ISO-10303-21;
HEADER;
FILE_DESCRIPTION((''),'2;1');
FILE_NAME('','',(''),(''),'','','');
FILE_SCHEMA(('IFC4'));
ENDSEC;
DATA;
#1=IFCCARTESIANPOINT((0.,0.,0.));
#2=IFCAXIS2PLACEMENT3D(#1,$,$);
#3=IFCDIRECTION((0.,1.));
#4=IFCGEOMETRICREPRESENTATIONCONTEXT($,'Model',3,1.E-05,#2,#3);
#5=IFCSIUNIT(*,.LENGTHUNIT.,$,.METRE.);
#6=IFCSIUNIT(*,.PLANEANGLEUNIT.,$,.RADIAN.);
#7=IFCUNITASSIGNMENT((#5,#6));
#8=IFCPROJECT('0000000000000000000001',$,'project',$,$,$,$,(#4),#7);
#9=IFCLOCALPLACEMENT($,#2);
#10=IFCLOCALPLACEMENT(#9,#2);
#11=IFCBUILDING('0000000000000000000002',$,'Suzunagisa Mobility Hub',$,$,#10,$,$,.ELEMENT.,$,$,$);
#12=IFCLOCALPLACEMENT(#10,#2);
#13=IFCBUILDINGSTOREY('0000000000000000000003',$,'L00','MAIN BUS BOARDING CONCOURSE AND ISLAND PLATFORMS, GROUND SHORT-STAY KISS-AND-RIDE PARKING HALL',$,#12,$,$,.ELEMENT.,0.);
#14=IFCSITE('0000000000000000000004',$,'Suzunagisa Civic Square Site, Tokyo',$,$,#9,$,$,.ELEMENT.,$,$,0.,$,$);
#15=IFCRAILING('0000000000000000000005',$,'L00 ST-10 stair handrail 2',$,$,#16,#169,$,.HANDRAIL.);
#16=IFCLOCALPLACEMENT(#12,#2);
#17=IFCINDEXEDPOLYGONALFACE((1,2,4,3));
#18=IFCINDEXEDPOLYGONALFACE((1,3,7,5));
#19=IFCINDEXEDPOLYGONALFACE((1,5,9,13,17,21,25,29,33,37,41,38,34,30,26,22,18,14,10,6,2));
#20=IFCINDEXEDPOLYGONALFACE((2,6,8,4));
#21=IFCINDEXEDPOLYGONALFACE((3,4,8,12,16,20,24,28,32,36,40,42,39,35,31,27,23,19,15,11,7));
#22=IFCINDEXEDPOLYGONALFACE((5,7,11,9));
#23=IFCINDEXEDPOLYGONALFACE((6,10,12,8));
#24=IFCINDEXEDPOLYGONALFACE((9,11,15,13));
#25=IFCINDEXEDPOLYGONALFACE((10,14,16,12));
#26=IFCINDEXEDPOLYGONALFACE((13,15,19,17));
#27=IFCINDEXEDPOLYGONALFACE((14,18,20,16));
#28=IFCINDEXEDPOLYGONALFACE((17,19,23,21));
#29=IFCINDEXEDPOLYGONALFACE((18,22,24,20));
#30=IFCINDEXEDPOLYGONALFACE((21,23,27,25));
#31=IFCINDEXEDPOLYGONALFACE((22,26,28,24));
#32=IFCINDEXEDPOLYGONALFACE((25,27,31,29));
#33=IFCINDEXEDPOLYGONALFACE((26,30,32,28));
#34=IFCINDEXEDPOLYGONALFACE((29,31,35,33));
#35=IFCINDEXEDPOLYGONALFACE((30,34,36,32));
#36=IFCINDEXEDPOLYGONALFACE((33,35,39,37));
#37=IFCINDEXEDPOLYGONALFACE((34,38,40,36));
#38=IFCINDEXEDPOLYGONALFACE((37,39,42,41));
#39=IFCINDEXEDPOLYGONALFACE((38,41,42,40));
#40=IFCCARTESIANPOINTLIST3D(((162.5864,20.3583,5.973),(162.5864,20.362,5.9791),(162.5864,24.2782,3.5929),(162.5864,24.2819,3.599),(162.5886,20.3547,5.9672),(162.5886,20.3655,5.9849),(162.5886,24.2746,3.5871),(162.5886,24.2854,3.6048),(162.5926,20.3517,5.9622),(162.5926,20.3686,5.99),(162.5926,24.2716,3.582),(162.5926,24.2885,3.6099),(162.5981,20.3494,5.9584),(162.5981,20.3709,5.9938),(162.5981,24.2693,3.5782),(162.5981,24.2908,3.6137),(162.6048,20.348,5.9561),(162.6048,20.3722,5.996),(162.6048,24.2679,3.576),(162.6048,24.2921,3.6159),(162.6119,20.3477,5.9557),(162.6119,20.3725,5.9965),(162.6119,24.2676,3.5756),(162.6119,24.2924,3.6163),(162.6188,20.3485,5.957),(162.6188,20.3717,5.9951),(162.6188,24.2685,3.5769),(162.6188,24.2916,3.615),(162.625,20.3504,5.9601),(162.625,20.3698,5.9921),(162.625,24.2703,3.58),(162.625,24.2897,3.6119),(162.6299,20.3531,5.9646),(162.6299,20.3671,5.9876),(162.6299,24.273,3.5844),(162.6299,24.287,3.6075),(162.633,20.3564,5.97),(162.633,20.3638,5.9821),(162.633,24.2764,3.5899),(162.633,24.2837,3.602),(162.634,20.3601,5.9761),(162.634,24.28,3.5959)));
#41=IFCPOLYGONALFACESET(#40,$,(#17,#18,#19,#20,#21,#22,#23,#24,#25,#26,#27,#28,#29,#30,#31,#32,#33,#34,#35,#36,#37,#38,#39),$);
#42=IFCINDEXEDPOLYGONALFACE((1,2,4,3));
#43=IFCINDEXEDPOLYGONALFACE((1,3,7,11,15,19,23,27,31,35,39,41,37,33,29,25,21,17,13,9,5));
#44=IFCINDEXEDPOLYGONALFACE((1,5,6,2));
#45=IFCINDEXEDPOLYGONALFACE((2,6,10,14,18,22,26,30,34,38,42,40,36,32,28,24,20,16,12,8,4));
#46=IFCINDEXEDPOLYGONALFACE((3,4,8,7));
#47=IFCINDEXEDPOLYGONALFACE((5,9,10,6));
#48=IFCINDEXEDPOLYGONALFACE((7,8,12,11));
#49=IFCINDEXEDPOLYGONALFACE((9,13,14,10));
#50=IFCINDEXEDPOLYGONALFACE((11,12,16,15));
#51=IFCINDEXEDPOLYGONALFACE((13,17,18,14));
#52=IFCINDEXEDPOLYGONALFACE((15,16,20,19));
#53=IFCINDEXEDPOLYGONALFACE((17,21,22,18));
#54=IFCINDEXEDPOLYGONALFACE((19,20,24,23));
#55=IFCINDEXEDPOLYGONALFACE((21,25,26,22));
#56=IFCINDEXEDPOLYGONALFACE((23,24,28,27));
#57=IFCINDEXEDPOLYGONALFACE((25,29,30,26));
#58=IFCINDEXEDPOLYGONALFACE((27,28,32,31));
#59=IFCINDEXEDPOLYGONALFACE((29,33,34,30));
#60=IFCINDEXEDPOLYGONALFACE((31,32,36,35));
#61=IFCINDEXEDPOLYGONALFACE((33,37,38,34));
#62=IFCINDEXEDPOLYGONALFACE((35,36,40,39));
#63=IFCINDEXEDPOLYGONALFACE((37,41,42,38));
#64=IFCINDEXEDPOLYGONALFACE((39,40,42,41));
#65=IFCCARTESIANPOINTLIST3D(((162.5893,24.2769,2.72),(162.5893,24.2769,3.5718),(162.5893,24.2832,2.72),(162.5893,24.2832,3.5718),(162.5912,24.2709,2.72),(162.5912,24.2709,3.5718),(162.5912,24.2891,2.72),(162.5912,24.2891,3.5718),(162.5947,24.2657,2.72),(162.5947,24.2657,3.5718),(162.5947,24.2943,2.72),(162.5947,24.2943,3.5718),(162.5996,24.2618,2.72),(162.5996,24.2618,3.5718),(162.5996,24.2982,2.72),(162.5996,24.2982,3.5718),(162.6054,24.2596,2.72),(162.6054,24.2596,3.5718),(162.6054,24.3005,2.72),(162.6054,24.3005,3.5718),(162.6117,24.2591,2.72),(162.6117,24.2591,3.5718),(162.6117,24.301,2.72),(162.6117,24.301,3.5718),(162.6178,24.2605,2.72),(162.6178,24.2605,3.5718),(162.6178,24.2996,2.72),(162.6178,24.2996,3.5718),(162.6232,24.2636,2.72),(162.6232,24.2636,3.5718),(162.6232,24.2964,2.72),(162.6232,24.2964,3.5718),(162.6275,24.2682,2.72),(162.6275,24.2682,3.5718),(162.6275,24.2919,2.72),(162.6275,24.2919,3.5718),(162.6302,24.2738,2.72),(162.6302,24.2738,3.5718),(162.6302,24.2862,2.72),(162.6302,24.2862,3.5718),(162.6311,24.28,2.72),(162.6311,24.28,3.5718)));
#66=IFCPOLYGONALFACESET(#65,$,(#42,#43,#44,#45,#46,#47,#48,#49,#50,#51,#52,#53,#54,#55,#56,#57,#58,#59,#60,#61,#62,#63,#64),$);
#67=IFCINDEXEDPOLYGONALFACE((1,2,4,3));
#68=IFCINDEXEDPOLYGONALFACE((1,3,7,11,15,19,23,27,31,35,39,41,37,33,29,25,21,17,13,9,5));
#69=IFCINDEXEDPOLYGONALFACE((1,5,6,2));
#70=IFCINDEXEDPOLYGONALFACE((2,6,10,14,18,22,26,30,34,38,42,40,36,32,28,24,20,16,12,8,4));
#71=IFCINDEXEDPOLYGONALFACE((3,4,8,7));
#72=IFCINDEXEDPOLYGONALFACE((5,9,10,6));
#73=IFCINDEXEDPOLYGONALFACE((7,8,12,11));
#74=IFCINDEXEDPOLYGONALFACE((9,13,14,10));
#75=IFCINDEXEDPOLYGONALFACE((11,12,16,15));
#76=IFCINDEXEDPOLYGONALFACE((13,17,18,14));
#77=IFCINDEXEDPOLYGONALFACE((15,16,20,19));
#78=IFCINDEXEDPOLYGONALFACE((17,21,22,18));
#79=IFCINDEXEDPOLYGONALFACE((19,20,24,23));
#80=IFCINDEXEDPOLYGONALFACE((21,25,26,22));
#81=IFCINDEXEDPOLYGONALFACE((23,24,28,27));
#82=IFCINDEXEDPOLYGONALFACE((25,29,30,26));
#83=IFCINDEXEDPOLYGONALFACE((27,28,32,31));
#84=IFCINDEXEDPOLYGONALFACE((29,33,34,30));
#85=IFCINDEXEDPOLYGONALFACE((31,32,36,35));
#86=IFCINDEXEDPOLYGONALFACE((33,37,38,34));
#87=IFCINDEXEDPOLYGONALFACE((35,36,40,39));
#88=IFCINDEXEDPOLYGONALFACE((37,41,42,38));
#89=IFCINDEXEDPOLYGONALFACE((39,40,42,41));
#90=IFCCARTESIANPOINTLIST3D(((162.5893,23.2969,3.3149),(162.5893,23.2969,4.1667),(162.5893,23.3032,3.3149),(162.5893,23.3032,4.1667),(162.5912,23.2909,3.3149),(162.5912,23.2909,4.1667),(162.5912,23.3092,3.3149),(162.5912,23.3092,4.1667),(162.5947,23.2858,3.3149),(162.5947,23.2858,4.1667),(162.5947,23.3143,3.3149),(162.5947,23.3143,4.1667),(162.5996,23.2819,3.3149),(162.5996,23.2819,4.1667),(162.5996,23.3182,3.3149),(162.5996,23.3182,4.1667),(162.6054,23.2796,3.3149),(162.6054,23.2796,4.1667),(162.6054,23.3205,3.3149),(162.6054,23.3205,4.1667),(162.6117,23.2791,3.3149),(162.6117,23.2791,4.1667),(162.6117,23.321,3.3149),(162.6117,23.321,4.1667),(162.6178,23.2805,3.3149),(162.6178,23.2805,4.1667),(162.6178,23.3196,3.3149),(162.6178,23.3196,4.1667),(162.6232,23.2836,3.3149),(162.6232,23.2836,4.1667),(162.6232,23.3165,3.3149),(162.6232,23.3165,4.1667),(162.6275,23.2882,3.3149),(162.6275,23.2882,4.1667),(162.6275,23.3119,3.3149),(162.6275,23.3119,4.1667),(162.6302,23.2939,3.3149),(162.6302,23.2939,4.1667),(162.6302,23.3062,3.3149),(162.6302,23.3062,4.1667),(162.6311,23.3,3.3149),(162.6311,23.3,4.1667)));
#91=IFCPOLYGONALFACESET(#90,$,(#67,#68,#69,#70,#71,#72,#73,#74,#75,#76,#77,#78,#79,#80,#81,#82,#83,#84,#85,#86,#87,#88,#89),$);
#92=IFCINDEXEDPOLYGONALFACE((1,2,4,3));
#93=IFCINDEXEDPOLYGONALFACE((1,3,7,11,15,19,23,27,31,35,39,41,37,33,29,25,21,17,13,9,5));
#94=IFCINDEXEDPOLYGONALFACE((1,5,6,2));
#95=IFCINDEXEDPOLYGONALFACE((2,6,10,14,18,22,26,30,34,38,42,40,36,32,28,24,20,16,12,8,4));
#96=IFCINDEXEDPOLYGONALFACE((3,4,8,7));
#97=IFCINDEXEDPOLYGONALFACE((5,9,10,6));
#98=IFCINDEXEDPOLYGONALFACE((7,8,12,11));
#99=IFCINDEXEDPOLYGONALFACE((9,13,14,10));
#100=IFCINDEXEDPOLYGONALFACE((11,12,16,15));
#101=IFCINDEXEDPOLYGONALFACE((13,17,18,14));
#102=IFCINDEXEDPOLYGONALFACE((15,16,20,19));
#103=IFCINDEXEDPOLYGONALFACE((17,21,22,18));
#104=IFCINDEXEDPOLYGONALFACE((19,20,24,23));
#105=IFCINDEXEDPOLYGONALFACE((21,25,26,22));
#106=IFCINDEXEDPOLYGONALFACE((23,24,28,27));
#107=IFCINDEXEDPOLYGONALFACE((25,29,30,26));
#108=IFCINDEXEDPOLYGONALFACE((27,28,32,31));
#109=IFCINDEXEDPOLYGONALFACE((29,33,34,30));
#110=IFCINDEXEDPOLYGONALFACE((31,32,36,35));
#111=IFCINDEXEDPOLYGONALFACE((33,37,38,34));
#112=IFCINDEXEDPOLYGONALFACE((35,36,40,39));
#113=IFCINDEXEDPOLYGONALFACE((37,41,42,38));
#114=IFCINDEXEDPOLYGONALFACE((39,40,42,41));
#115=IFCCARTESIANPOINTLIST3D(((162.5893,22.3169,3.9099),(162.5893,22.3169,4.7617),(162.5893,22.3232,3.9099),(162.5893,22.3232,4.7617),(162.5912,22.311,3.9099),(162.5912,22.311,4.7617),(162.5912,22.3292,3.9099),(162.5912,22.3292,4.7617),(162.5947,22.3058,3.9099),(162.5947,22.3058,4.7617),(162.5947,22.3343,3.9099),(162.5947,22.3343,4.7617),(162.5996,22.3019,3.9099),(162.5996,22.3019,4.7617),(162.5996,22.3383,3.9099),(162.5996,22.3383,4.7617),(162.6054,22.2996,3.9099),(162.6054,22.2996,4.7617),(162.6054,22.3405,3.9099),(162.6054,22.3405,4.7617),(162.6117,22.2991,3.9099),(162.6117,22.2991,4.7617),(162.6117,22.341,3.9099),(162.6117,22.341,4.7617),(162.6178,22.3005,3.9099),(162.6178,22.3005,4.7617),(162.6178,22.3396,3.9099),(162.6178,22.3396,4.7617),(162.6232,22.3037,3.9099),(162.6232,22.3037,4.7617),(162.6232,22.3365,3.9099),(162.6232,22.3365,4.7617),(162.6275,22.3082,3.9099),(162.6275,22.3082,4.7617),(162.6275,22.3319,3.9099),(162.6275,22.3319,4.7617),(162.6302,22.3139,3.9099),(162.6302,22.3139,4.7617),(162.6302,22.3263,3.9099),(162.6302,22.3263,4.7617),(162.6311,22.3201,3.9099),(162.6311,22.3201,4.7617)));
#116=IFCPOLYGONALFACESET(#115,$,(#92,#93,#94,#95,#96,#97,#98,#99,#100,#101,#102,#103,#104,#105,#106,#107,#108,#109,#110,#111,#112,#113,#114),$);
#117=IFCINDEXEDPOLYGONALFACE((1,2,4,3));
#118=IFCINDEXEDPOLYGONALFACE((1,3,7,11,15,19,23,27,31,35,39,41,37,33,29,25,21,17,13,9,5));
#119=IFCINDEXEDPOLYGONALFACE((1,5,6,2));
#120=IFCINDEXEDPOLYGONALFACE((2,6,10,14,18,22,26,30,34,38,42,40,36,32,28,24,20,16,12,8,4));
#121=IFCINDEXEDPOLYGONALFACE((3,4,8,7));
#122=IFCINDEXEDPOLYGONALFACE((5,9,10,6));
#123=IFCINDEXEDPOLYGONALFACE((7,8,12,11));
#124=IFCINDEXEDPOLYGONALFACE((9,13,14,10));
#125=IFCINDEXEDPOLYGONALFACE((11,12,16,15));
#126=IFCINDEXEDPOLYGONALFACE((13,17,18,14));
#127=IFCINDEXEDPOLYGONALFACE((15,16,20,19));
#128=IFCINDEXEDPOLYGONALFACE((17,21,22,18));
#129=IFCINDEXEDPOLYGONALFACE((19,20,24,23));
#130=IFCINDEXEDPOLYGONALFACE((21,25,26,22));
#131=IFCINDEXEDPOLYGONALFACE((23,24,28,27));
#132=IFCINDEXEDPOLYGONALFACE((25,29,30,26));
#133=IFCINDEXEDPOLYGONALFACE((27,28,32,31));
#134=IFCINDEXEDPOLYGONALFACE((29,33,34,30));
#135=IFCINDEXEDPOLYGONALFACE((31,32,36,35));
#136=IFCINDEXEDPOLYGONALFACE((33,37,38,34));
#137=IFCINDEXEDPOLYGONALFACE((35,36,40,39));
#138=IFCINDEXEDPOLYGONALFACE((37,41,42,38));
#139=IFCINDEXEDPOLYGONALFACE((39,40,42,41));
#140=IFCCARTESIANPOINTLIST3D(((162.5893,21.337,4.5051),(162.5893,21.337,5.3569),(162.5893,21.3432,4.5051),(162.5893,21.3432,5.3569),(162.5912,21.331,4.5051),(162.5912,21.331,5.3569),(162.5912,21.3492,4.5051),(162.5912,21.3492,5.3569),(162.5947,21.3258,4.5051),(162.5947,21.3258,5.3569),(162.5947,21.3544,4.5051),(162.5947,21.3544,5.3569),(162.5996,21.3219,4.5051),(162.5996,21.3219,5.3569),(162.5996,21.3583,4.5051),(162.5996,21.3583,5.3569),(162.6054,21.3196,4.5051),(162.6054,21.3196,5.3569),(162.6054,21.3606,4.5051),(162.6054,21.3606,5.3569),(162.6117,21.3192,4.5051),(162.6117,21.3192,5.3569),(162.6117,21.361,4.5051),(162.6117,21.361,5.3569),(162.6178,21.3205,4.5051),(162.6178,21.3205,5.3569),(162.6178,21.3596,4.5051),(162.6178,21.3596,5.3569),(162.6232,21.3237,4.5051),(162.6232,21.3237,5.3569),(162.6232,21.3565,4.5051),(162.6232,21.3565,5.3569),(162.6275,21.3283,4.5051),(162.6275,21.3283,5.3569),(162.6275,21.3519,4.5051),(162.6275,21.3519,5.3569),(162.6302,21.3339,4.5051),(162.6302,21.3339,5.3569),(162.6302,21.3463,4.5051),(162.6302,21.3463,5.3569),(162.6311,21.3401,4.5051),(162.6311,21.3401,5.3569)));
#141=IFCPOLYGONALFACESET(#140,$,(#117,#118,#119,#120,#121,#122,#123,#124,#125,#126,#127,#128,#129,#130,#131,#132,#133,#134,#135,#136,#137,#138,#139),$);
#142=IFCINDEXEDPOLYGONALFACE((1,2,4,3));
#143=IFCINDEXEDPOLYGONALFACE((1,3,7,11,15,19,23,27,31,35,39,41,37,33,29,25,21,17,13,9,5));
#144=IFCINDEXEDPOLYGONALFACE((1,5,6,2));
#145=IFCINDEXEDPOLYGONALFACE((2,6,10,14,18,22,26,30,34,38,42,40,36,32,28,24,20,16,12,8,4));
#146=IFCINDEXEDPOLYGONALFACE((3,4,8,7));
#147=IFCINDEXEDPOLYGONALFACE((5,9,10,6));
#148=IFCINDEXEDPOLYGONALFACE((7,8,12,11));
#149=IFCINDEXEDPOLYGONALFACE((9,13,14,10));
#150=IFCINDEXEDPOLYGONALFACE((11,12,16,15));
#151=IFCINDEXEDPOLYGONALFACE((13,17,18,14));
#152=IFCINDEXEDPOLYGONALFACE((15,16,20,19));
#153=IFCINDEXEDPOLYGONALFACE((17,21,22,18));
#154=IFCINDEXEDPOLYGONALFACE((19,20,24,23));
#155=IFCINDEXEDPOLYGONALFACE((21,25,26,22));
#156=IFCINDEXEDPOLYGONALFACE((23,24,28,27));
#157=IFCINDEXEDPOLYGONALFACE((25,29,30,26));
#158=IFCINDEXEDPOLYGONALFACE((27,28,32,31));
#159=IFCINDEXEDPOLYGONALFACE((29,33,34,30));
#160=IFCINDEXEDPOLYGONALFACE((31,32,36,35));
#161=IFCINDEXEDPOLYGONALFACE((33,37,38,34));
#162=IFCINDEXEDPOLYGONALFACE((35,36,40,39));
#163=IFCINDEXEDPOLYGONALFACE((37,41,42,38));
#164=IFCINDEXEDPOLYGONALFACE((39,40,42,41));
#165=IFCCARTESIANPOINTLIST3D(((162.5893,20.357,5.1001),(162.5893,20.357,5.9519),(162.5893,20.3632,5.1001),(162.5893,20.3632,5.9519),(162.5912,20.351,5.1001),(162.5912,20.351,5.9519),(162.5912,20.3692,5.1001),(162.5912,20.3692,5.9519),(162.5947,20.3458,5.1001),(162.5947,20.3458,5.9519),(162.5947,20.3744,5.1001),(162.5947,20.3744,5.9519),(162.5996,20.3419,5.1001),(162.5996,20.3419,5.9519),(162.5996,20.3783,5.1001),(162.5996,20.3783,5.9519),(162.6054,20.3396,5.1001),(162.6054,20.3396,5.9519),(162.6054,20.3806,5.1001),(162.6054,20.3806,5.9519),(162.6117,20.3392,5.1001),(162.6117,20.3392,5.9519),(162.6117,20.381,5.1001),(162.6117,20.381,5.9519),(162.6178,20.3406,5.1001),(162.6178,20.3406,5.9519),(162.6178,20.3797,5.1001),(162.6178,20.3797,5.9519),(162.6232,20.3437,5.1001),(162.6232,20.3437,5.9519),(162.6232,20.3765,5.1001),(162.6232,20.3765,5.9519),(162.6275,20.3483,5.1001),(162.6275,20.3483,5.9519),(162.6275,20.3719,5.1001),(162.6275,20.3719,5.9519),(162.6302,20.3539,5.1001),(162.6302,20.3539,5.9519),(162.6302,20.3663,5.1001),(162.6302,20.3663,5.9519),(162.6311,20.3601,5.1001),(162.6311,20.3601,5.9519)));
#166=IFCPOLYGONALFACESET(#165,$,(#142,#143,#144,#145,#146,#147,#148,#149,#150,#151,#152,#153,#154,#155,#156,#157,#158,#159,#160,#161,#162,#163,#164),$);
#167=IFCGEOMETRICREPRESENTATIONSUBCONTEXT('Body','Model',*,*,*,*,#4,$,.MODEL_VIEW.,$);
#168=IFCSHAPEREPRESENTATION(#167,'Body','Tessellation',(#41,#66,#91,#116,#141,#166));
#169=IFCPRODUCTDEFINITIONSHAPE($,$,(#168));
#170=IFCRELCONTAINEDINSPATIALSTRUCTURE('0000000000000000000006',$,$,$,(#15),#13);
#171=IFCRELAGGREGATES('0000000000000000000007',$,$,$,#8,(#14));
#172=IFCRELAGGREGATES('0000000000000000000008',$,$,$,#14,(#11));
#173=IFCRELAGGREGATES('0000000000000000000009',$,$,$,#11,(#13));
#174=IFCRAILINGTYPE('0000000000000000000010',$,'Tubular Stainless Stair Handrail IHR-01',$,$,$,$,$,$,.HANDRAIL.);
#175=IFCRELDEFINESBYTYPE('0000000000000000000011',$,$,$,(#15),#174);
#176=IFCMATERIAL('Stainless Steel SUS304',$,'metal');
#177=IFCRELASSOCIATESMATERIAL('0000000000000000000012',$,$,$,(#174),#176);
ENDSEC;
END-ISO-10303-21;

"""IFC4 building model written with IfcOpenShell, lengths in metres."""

from ifc_helpers import new_model, si_unit, direction, frame, origin, origin_2d, place, context, subcontext, project, spatial, circle, extrude, material, type_object, element, save


model = new_model("IFC4")

# Units and contexts
model_context = context("Model", 3, precision=1e-05, world=origin(), true_north=direction((0.0, 1.0)))
body_context = subcontext(model_context, "Body", "Model", "MODEL_VIEW")
ifc_project = project(units=[si_unit("LENGTHUNIT", "METRE"), si_unit("PLANEANGLEUNIT", "RADIAN")], contexts=[model_context])

# Site, building, storey
site_placement = place(None, origin())
site = spatial("IfcSite", under=ifc_project, at=site_placement, Name="Suzunagisa Civic Square Site, Tokyo", CompositionType="ELEMENT", RefElevation=0.0)
building_placement = place(site_placement, origin())
building = spatial("IfcBuilding", under=site, at=building_placement, Name="Suzunagisa Mobility Hub", CompositionType="ELEMENT")
storey_placement = place(building_placement, origin())
storey = spatial("IfcBuildingStorey", under=building, at=storey_placement, Name="L00", Description="MAIN BUS BOARDING CONCOURSE AND ISLAND PLATFORMS, GROUND SHORT-STAY KISS-AND-RIDE PARKING HALL", CompositionType="ELEMENT", Elevation=0.0)

# Railing
ifc_material_1 = material(Name="Stainless Steel SUS304", Category="metal")
railing_type_1 = type_object("IfcRailingType", Name="Tubular Stainless Stair Handrail IHR-01", PredefinedType="HANDRAIL", material=ifc_material_1)
railing_1_placement = place(storey_placement, frame((162.6101, 24.28, 2.72)))
element("IfcRailing", 1, at=railing_1_placement, inside=storey, type_object=railing_type_1, Name="L00 ST-10 stair handrail 2", PredefinedType="HANDRAIL", context=body_context, shape_type="SweptSolid", body=[
    extrude(circle(Radius=0.0239, at=origin_2d()), frame((0.0, 0.0, 0.876), z_axis=(0.0, -0.854771, 0.519006), x_axis=(1.0, 0.0, 0.0)), (0.0, 0.0, 1.0), 4.5859),
    extrude(circle(Radius=0.021, at=origin_2d()), origin(), (0.0, 0.0, 1.0), 0.8518),
    extrude(circle(Radius=0.021, at=origin_2d()), frame((0.0, -0.98, 0.595)), (0.0, 0.0, 1.0), 0.8518),
    extrude(circle(Radius=0.021, at=origin_2d()), frame((0.0, -1.96, 1.1899)), (0.0, 0.0, 1.0), 0.8518),
    extrude(circle(Radius=0.021, at=origin_2d()), frame((0.0, -2.9399, 1.7852)), (0.0, 0.0, 1.0), 0.8518),
    extrude(circle(Radius=0.021, at=origin_2d()), frame((0.0, -3.9199, 2.3801)), (0.0, 0.0, 1.0), 0.8518),
])

save(model, "model.ifc")
